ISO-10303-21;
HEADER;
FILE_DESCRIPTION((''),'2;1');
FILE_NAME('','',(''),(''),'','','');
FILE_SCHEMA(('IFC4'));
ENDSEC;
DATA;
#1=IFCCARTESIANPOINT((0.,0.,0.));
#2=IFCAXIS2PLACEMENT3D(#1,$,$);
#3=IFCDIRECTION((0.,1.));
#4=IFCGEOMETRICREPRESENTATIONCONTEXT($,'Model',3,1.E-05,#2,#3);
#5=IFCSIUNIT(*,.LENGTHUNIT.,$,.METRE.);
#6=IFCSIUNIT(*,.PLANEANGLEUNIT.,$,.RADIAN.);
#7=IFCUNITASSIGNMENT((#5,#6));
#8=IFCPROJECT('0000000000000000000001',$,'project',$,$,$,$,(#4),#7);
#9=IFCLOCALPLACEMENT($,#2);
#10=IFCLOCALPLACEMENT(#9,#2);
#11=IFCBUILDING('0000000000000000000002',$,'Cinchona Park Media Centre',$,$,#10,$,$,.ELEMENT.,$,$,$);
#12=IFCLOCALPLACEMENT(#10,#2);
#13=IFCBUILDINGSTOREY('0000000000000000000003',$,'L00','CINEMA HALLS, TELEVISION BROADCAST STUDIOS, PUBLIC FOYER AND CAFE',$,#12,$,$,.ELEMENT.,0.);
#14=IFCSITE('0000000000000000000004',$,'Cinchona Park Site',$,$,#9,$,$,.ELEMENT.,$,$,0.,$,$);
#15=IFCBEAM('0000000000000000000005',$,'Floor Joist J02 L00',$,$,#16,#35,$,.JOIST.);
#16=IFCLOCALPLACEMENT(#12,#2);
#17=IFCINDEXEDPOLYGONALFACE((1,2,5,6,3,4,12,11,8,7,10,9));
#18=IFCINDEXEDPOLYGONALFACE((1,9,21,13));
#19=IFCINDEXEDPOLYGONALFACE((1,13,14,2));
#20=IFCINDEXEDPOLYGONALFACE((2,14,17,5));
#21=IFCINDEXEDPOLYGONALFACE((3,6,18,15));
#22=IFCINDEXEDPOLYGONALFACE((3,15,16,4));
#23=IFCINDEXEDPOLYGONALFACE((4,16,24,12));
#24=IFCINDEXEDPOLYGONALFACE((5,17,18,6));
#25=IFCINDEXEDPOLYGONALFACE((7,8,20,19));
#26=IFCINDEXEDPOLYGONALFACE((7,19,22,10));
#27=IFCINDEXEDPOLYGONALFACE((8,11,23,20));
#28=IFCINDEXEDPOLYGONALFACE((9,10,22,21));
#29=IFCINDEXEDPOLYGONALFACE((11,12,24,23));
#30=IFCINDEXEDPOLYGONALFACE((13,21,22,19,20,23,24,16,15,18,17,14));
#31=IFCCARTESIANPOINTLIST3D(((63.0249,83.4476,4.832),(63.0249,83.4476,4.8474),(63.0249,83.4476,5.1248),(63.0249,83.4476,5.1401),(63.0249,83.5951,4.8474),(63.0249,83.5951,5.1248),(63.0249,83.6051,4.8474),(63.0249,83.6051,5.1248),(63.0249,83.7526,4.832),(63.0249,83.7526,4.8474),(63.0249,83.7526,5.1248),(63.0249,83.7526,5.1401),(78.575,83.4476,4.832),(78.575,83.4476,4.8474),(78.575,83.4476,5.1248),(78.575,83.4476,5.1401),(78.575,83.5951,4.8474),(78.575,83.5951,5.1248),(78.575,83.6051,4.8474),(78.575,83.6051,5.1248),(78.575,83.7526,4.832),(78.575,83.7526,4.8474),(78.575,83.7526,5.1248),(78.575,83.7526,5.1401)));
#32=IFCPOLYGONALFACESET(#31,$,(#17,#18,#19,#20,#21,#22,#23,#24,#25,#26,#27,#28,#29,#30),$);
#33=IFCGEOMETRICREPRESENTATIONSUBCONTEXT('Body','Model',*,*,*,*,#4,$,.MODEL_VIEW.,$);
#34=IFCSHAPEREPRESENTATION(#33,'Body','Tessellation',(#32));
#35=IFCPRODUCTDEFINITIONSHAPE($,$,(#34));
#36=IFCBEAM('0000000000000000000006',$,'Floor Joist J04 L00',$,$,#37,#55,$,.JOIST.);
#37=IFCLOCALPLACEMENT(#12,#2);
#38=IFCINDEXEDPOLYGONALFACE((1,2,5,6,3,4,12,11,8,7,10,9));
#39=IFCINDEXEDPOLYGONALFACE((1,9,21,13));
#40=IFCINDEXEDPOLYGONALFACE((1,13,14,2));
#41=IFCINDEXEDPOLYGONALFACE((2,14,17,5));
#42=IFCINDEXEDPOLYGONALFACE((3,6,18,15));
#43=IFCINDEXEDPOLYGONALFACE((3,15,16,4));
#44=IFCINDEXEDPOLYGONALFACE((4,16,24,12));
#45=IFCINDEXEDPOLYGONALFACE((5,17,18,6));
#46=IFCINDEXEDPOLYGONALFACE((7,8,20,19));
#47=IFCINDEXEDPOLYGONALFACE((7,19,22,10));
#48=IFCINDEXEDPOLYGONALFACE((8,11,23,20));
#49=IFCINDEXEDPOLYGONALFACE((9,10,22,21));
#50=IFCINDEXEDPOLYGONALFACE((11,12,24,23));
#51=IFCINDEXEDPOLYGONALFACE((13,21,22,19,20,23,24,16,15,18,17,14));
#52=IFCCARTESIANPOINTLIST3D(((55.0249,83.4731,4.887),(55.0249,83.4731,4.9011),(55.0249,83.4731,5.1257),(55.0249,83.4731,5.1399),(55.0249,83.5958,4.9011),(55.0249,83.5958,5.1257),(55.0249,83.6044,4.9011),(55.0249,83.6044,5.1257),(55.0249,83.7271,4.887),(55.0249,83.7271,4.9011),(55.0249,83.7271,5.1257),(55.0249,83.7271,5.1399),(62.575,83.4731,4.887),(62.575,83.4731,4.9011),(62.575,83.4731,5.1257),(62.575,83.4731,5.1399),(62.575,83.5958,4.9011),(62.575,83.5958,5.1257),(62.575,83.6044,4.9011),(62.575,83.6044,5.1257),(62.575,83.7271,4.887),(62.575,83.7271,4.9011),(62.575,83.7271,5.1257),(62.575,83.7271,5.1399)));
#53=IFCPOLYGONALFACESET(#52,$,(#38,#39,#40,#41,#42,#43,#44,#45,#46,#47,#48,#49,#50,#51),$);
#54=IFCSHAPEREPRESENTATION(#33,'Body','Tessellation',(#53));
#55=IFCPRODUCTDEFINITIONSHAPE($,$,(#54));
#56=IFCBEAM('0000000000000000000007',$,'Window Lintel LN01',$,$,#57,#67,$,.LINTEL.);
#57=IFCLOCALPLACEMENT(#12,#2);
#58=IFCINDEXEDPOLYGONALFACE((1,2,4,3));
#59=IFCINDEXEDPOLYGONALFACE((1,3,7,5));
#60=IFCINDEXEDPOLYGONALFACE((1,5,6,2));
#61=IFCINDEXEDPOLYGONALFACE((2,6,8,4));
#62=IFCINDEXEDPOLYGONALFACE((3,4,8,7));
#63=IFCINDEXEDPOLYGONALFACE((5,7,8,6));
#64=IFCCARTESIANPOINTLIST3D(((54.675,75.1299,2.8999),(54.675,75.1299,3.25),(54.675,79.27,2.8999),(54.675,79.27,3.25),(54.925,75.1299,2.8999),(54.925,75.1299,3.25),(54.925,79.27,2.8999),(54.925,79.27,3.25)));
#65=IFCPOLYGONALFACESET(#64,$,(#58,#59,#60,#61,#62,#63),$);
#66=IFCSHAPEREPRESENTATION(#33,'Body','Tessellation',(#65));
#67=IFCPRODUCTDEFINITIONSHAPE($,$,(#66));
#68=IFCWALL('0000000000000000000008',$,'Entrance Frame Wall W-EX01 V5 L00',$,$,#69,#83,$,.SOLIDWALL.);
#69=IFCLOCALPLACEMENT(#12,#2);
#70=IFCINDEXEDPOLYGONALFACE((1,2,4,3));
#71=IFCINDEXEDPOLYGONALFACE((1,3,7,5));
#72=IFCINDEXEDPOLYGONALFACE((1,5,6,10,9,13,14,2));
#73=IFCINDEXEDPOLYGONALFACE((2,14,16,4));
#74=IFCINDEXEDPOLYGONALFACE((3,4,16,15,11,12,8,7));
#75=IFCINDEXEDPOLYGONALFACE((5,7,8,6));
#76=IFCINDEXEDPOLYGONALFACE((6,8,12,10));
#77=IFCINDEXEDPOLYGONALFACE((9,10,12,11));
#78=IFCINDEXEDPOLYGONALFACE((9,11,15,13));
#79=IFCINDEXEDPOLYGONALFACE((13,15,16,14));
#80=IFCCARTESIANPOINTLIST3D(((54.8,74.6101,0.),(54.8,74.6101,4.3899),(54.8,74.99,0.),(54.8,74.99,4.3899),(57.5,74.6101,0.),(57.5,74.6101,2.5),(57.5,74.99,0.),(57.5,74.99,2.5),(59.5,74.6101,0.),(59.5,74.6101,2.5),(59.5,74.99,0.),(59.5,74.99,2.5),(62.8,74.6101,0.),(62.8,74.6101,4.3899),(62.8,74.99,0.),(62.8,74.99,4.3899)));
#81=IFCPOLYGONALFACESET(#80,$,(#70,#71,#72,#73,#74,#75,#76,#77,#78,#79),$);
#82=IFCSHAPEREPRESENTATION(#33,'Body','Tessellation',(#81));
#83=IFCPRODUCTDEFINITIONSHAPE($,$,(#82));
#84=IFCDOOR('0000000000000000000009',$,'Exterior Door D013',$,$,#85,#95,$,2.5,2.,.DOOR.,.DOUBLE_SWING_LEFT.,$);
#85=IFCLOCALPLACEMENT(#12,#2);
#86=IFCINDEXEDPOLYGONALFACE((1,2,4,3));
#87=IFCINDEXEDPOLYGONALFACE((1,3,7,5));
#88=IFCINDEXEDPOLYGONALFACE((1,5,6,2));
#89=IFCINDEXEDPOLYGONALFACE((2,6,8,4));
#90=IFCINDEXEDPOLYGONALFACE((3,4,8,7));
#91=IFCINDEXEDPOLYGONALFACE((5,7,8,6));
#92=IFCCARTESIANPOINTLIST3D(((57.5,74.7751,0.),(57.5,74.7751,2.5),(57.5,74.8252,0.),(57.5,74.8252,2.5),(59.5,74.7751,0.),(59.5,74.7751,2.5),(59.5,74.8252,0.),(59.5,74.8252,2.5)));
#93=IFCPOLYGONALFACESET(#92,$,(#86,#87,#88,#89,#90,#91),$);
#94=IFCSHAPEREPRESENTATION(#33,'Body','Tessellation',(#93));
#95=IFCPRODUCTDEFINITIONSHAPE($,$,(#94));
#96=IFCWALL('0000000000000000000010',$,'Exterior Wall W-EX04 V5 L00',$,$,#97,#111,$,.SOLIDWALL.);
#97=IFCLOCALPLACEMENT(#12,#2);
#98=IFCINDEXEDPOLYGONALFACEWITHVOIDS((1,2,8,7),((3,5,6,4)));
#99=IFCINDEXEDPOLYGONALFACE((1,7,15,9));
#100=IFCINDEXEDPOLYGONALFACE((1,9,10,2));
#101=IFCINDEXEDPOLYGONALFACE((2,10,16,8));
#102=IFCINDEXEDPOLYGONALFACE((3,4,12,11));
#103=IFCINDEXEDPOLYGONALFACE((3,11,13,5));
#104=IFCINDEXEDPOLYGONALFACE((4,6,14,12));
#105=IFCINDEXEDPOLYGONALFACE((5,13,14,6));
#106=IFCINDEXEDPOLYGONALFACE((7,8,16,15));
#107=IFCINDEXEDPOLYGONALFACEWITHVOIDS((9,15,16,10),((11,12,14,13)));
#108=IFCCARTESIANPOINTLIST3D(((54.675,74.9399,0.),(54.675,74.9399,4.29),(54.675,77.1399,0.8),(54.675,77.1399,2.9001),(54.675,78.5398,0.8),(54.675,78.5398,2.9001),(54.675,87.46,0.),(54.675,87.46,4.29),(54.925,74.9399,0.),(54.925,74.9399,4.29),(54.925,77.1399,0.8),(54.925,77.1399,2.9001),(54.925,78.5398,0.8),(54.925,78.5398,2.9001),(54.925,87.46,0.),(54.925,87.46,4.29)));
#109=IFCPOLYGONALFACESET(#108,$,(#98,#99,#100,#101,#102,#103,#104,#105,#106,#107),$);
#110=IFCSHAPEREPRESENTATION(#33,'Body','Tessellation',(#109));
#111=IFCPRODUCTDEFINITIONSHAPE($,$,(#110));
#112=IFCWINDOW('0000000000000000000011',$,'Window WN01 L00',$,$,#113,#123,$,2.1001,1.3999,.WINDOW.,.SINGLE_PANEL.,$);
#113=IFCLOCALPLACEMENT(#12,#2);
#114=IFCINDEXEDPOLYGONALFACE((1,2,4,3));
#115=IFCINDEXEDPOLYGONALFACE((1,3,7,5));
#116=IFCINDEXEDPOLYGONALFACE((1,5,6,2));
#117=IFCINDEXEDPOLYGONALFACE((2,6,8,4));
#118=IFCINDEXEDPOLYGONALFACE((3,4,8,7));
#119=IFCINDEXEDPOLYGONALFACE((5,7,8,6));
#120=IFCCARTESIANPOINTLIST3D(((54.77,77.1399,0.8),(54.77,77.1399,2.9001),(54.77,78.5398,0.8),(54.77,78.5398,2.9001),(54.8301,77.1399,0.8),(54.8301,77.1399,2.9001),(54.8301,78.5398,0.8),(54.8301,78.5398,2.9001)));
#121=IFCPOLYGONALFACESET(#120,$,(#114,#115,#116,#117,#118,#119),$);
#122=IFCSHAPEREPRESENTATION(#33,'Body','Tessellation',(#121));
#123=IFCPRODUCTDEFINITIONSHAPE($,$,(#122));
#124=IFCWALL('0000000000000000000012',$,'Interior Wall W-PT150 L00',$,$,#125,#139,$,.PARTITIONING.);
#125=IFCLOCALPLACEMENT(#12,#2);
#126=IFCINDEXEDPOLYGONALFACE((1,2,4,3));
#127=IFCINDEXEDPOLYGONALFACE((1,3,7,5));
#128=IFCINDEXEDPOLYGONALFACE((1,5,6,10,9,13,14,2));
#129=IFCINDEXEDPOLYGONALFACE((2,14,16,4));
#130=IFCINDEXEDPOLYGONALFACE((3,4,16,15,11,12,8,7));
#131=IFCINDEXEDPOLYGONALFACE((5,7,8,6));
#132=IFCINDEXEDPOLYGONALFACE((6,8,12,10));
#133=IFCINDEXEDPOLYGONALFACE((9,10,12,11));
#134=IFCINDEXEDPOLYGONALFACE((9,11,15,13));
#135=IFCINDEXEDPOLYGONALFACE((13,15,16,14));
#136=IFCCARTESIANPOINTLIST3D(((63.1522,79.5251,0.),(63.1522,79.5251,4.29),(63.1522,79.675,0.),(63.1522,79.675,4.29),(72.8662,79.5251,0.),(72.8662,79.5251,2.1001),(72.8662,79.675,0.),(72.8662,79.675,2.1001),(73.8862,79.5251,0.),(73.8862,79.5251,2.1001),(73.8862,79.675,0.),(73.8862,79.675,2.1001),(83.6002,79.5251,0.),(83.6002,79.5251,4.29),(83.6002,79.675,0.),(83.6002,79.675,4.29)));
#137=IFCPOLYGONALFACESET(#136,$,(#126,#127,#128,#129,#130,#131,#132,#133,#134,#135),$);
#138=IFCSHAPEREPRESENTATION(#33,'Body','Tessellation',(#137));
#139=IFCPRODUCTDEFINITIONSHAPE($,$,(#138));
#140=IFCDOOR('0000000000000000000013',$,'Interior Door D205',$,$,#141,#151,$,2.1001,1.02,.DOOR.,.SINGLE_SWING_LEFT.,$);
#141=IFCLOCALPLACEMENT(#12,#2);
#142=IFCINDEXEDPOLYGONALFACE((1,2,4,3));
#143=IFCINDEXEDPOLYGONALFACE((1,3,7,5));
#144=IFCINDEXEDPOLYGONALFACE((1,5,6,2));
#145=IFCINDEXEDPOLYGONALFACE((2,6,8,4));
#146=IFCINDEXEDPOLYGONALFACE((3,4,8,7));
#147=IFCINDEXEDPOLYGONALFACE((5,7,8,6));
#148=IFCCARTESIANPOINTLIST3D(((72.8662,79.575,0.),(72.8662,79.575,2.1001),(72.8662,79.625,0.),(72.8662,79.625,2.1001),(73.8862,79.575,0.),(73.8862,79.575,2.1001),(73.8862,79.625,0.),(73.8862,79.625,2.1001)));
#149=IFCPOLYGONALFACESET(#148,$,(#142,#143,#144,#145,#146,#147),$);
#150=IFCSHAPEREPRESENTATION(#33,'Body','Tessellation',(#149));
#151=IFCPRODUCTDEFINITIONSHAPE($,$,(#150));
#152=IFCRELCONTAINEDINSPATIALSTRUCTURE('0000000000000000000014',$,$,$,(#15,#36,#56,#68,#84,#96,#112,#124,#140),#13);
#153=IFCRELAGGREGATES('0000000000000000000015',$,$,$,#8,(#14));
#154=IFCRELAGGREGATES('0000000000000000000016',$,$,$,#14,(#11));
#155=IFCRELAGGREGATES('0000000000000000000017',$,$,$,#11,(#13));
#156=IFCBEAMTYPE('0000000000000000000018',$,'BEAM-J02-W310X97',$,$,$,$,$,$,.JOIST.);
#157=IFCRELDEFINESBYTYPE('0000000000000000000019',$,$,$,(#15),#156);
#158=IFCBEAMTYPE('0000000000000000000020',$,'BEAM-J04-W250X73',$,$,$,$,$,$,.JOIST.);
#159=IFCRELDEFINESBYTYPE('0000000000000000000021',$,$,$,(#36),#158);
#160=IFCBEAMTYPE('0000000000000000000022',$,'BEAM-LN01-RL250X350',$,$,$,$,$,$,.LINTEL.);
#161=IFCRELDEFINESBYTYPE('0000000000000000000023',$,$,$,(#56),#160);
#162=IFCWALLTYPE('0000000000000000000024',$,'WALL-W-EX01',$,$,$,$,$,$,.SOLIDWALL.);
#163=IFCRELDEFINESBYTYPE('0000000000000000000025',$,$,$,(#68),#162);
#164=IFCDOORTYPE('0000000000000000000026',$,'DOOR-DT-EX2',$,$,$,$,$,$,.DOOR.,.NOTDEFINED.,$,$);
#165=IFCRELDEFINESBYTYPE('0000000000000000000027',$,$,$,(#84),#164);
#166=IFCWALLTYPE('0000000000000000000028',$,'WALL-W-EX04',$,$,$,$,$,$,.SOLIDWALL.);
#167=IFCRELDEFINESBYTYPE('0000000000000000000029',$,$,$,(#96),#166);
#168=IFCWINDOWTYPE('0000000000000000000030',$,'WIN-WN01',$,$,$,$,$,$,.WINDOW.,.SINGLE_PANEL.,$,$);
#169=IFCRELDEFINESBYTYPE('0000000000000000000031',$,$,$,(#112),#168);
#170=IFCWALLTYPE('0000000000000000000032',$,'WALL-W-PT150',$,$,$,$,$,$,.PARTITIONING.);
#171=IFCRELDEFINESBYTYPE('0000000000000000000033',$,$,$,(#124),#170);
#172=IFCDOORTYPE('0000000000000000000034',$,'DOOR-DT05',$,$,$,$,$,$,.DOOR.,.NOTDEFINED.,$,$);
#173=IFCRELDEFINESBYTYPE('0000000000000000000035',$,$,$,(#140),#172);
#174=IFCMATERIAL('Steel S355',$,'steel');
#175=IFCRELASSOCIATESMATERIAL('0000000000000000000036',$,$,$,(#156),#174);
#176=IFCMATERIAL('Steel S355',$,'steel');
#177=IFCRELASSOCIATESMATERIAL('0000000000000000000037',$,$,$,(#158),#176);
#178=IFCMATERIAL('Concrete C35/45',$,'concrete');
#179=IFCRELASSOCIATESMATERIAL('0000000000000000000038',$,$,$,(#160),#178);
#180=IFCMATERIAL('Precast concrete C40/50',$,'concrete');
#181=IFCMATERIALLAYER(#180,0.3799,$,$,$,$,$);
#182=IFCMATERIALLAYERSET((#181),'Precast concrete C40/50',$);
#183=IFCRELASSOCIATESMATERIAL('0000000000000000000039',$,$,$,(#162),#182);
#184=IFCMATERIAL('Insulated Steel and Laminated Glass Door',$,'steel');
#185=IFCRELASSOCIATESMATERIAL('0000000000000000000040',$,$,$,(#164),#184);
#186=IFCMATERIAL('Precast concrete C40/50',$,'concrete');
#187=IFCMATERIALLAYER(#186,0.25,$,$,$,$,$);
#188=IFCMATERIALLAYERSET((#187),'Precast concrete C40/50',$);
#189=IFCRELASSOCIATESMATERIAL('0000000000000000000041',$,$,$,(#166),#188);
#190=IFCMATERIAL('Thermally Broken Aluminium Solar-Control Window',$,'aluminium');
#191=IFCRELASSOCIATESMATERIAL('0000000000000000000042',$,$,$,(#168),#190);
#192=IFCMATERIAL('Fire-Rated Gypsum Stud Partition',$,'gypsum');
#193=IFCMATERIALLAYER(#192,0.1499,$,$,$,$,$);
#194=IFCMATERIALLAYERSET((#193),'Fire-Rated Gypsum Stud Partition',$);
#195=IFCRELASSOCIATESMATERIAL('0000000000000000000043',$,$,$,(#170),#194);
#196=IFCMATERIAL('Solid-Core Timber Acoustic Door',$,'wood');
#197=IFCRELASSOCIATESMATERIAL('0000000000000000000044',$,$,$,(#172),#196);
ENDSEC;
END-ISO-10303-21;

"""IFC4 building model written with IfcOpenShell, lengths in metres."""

from ifc_helpers import new_model, si_unit, direction, frame, frame_2d, origin, origin_2d, place, context, subcontext, project, spatial, rectangle, i_section, extrude, material, layer, layer_set, material_profile, profile_set, type_object, element, fill, save


model = new_model("IFC4")

# Units and contexts
model_context = context("Model", 3, precision=1e-05, world=origin(), true_north=direction((0.0, 1.0)))
body_context = subcontext(model_context, "Body", "Model", "MODEL_VIEW")
ifc_project = project(units=[si_unit("LENGTHUNIT", "METRE"), si_unit("PLANEANGLEUNIT", "RADIAN")], contexts=[model_context])

# Site, building, storey
site_placement = place(None, origin())
site = spatial("IfcSite", under=ifc_project, at=site_placement, Name="Cinchona Park Site", CompositionType="ELEMENT", RefElevation=0.0)
building_placement = place(site_placement, origin())
building = spatial("IfcBuilding", under=site, at=building_placement, Name="Cinchona Park Media Centre", CompositionType="ELEMENT")
storey_placement = place(building_placement, origin())
storey = spatial("IfcBuildingStorey", under=building, at=storey_placement, Name="L00", Description="CINEMA HALLS, TELEVISION BROADCAST STUDIOS, PUBLIC FOYER AND CAFE", CompositionType="ELEMENT", Elevation=0.0)

# Beams
ifc_material_1 = material(Name="Steel S355", Category="steel")
ifc_material_profile_1 = material_profile(ifc_material_1, i_section(OverallWidth=0.3049, OverallDepth=0.3081, WebThickness=0.01, FlangeThickness=0.0154, at=origin_2d()), Name="W310X97")
ifc_profile_set_1 = profile_set([ifc_material_profile_1], Name="Steel S355")
beam_type_1 = type_object("IfcBeamType", Name="BEAM-J02-W310X97", PredefinedType="JOIST", material=ifc_profile_set_1)
beam_1_placement = place(storey_placement, frame((63.0249, 83.6001, 4.9861), z_axis=(1.0, 0.0, 0.0), x_axis=(0.0, 1.0, 0.0)))
element("IfcBeam", 1, at=beam_1_placement, inside=storey, type_object=beam_type_1, Name="Floor Joist J02 L00", PredefinedType="JOIST", context=body_context, shape_type="SweptSolid", body=[
    extrude(i_section(OverallWidth=0.3049, OverallDepth=0.3081, WebThickness=0.01, FlangeThickness=0.0154, at=origin_2d()), origin(), (0.0, 0.0, 1.0), 15.55),
])
ifc_material_2 = material(Name="Steel S355", Category="steel")
ifc_material_profile_2 = material_profile(ifc_material_2, i_section(OverallWidth=0.2539, OverallDepth=0.2529, WebThickness=0.0085, FlangeThickness=0.0142, at=origin_2d()), Name="W250X73")
ifc_profile_set_2 = profile_set([ifc_material_profile_2], Name="Steel S355")
beam_type_2 = type_object("IfcBeamType", Name="BEAM-J04-W250X73", PredefinedType="JOIST", material=ifc_profile_set_2)
beam_2_placement = place(storey_placement, frame((55.0249, 83.6001, 5.0134), z_axis=(1.0, 0.0, 0.0), x_axis=(0.0, 1.0, 0.0)))
element("IfcBeam", 2, at=beam_2_placement, inside=storey, type_object=beam_type_2, Name="Floor Joist J04 L00", PredefinedType="JOIST", context=body_context, shape_type="SweptSolid", body=[
    extrude(i_section(OverallWidth=0.2539, OverallDepth=0.2529, WebThickness=0.0085, FlangeThickness=0.0142, at=origin_2d()), origin(), (0.0, 0.0, 1.0), 7.55),
])
ifc_material_3 = material(Name="Concrete C35/45", Category="concrete")
ifc_material_profile_3 = material_profile(ifc_material_3, rectangle(XDim=0.25, YDim=0.3501, at=origin_2d()), Name="RL 250X350")
ifc_profile_set_3 = profile_set([ifc_material_profile_3], Name="Concrete C35/45")
beam_type_3 = type_object("IfcBeamType", Name="BEAM-LN01-RL250X350", PredefinedType="LINTEL", material=ifc_profile_set_3)
beam_3_placement = place(storey_placement, frame((54.8, 75.1299, 3.075), z_axis=(0.0, 1.0, 0.0), x_axis=(-1.0, 0.0, 0.0)))
element("IfcBeam", 3, at=beam_3_placement, inside=storey, type_object=beam_type_3, Name="Window Lintel LN01", PredefinedType="LINTEL", context=body_context, shape_type="SweptSolid", body=[
    extrude(rectangle(XDim=0.25, YDim=0.3501, at=origin_2d()), origin(), (0.0, 0.0, 1.0), 4.1401),
])

# Wall, opening, door
ifc_material_4 = material(Name="Precast concrete C40/50", Category="concrete")
ifc_layer_1 = layer(ifc_material_4, 0.3799)
ifc_layer_set_1 = layer_set([ifc_layer_1], Name="Precast concrete C40/50")
wall_type_1 = type_object("IfcWallType", Name="WALL-W-EX01", PredefinedType="SOLIDWALL", material=ifc_layer_set_1)
wall_1_placement = place(storey_placement, frame((62.8, 74.8, 0.0), z_axis=(0.0, 0.0, 1.0), x_axis=(-1.0, 0.0, 0.0)))
wall_1 = element("IfcWall", 4, at=wall_1_placement, inside=storey, type_object=wall_type_1, Name="Entrance Frame Wall W-EX01 V5 L00", PredefinedType="SOLIDWALL", context=body_context, shape_type="SweptSolid", body=[
    extrude(rectangle(XDim=8.0, YDim=0.3799, at=frame_2d((4.0, 0.0))), origin(), (0.0, 0.0, 1.0), 4.3899),
])
opening_1_placement = place(wall_1_placement, frame((3.3, 0.0, 0.0)))
opening_1 = element("IfcOpeningElement", 5, at=opening_1_placement, cuts=wall_1, PredefinedType="OPENING", context=body_context, shape_type="SweptSolid", body=[
    extrude(rectangle(XDim=2.0, YDim=2.5, at=frame_2d((1.0, 1.25))), frame((0.0, 0.2, 0.0), z_axis=(0.0, -1.0, 0.0), x_axis=(1.0, 0.0, 0.0)), (0.0, 0.0, 1.0), 0.3999),
])
ifc_material_5 = material(Name="Insulated Steel and Laminated Glass Door", Category="steel")
door_type_1 = type_object("IfcDoorType", Name="DOOR-DT-EX2", OperationType="NOTDEFINED", PredefinedType="DOOR", material=ifc_material_5)
door_1_placement = place(opening_1_placement, origin())
door_1 = element("IfcDoor", 6, at=door_1_placement, inside=storey, type_object=door_type_1, Name="Exterior Door D013", OperationType="DOUBLE_SWING_LEFT", OverallHeight=2.5, OverallWidth=2.0, PredefinedType="DOOR", context=body_context, shape_type="SweptSolid", body=[
    extrude(rectangle(XDim=2.0, YDim=2.5, at=frame_2d((1.0, 1.25))), frame((0.0, 0.0249, 0.0), z_axis=(0.0, -1.0, 0.0), x_axis=(1.0, 0.0, 0.0)), (0.0, 0.0, 1.0), 0.05),
])
fill(opening_1, door_1)

# Wall, opening, window
ifc_material_6 = material(Name="Precast concrete C40/50", Category="concrete")
ifc_layer_2 = layer(ifc_material_6, 0.25)
ifc_layer_set_2 = layer_set([ifc_layer_2], Name="Precast concrete C40/50")
wall_type_2 = type_object("IfcWallType", Name="WALL-W-EX04", PredefinedType="SOLIDWALL", material=ifc_layer_set_2)
wall_2_placement = place(storey_placement, frame((54.8, 74.9399, 0.0), z_axis=(0.0, 0.0, 1.0), x_axis=(0.0, 1.0, 0.0)))
wall_2 = element("IfcWall", 7, at=wall_2_placement, inside=storey, type_object=wall_type_2, Name="Exterior Wall W-EX04 V5 L00", PredefinedType="SOLIDWALL", context=body_context, shape_type="SweptSolid", body=[
    extrude(rectangle(XDim=12.52, YDim=0.25, at=frame_2d((6.26, 0.0))), origin(), (0.0, 0.0, 1.0), 4.29),
])
opening_2_placement = place(wall_2_placement, frame((2.2, 0.0, 0.8)))
opening_2 = element("IfcOpeningElement", 8, at=opening_2_placement, cuts=wall_2, PredefinedType="OPENING", context=body_context, shape_type="SweptSolid", body=[
    extrude(rectangle(XDim=1.3999, YDim=2.1001, at=frame_2d((0.7, 1.05))), frame((0.0, 0.135, 0.0), z_axis=(0.0, -1.0, 0.0), x_axis=(1.0, 0.0, 0.0)), (0.0, 0.0, 1.0), 0.27),
])
ifc_material_7 = material(Name="Thermally Broken Aluminium Solar-Control Window", Category="aluminium")
window_type = type_object("IfcWindowType", Name="WIN-WN01", PartitioningType="SINGLE_PANEL", PredefinedType="WINDOW", material=ifc_material_7)
window_placement = place(opening_2_placement, origin())
window = element("IfcWindow", 9, at=window_placement, inside=storey, type_object=window_type, Name="Window WN01 L00", OverallHeight=2.1001, OverallWidth=1.3999, PartitioningType="SINGLE_PANEL", PredefinedType="WINDOW", context=body_context, shape_type="SweptSolid", body=[
    extrude(rectangle(XDim=1.3999, YDim=2.1001, at=frame_2d((0.7, 1.05))), frame((0.0, 0.03, 0.0), z_axis=(0.0, -1.0, 0.0), x_axis=(1.0, 0.0, 0.0)), (0.0, 0.0, 1.0), 0.0601),
])
fill(opening_2, window)

# Wall, opening, door
ifc_material_8 = material(Name="Fire-Rated Gypsum Stud Partition", Category="gypsum")
ifc_layer_3 = layer(ifc_material_8, 0.1499)
ifc_layer_set_3 = layer_set([ifc_layer_3], Name="Fire-Rated Gypsum Stud Partition")
wall_type_3 = type_object("IfcWallType", Name="WALL-W-PT150", PredefinedType="PARTITIONING", material=ifc_layer_set_3)
wall_3_placement = place(storey_placement, frame((63.1521, 79.6001, 0.0), z_axis=(0.0, 0.0, 1.0), x_axis=(1.0, 0.0, 0.0)))
wall_3 = element("IfcWall", 10, at=wall_3_placement, inside=storey, type_object=wall_type_3, Name="Interior Wall W-PT150 L00", PredefinedType="PARTITIONING", context=body_context, shape_type="SweptSolid", body=[
    extrude(rectangle(XDim=20.448, YDim=0.1499, at=frame_2d((10.2241, 0.0))), origin(), (0.0, 0.0, 1.0), 4.29),
])
opening_3_placement = place(wall_3_placement, frame((9.7141, 0.0, 0.0)))
opening_3 = element("IfcOpeningElement", 11, at=opening_3_placement, cuts=wall_3, PredefinedType="OPENING", context=body_context, shape_type="SweptSolid", body=[
    extrude(rectangle(XDim=1.02, YDim=2.1001, at=frame_2d((0.51, 1.05))), frame((0.0, 0.085, 0.0), z_axis=(0.0, -1.0, 0.0), x_axis=(1.0, 0.0, 0.0)), (0.0, 0.0, 1.0), 0.1699),
])
ifc_material_9 = material(Name="Solid-Core Timber Acoustic Door", Category="wood")
door_type_2 = type_object("IfcDoorType", Name="DOOR-DT05", OperationType="NOTDEFINED", PredefinedType="DOOR", material=ifc_material_9)
door_2_placement = place(opening_3_placement, origin())
door_2 = element("IfcDoor", 12, at=door_2_placement, inside=storey, type_object=door_type_2, Name="Interior Door D205", OperationType="SINGLE_SWING_LEFT", OverallHeight=2.1001, OverallWidth=1.02, PredefinedType="DOOR", context=body_context, shape_type="SweptSolid", body=[
    extrude(rectangle(XDim=1.02, YDim=2.1001, at=frame_2d((0.51, 1.05))), frame((0.0, 0.0249, 0.0), z_axis=(0.0, -1.0, 0.0), x_axis=(1.0, 0.0, 0.0)), (0.0, 0.0, 1.0), 0.05),
])
fill(opening_3, door_2)

save(model, "model.ifc")
